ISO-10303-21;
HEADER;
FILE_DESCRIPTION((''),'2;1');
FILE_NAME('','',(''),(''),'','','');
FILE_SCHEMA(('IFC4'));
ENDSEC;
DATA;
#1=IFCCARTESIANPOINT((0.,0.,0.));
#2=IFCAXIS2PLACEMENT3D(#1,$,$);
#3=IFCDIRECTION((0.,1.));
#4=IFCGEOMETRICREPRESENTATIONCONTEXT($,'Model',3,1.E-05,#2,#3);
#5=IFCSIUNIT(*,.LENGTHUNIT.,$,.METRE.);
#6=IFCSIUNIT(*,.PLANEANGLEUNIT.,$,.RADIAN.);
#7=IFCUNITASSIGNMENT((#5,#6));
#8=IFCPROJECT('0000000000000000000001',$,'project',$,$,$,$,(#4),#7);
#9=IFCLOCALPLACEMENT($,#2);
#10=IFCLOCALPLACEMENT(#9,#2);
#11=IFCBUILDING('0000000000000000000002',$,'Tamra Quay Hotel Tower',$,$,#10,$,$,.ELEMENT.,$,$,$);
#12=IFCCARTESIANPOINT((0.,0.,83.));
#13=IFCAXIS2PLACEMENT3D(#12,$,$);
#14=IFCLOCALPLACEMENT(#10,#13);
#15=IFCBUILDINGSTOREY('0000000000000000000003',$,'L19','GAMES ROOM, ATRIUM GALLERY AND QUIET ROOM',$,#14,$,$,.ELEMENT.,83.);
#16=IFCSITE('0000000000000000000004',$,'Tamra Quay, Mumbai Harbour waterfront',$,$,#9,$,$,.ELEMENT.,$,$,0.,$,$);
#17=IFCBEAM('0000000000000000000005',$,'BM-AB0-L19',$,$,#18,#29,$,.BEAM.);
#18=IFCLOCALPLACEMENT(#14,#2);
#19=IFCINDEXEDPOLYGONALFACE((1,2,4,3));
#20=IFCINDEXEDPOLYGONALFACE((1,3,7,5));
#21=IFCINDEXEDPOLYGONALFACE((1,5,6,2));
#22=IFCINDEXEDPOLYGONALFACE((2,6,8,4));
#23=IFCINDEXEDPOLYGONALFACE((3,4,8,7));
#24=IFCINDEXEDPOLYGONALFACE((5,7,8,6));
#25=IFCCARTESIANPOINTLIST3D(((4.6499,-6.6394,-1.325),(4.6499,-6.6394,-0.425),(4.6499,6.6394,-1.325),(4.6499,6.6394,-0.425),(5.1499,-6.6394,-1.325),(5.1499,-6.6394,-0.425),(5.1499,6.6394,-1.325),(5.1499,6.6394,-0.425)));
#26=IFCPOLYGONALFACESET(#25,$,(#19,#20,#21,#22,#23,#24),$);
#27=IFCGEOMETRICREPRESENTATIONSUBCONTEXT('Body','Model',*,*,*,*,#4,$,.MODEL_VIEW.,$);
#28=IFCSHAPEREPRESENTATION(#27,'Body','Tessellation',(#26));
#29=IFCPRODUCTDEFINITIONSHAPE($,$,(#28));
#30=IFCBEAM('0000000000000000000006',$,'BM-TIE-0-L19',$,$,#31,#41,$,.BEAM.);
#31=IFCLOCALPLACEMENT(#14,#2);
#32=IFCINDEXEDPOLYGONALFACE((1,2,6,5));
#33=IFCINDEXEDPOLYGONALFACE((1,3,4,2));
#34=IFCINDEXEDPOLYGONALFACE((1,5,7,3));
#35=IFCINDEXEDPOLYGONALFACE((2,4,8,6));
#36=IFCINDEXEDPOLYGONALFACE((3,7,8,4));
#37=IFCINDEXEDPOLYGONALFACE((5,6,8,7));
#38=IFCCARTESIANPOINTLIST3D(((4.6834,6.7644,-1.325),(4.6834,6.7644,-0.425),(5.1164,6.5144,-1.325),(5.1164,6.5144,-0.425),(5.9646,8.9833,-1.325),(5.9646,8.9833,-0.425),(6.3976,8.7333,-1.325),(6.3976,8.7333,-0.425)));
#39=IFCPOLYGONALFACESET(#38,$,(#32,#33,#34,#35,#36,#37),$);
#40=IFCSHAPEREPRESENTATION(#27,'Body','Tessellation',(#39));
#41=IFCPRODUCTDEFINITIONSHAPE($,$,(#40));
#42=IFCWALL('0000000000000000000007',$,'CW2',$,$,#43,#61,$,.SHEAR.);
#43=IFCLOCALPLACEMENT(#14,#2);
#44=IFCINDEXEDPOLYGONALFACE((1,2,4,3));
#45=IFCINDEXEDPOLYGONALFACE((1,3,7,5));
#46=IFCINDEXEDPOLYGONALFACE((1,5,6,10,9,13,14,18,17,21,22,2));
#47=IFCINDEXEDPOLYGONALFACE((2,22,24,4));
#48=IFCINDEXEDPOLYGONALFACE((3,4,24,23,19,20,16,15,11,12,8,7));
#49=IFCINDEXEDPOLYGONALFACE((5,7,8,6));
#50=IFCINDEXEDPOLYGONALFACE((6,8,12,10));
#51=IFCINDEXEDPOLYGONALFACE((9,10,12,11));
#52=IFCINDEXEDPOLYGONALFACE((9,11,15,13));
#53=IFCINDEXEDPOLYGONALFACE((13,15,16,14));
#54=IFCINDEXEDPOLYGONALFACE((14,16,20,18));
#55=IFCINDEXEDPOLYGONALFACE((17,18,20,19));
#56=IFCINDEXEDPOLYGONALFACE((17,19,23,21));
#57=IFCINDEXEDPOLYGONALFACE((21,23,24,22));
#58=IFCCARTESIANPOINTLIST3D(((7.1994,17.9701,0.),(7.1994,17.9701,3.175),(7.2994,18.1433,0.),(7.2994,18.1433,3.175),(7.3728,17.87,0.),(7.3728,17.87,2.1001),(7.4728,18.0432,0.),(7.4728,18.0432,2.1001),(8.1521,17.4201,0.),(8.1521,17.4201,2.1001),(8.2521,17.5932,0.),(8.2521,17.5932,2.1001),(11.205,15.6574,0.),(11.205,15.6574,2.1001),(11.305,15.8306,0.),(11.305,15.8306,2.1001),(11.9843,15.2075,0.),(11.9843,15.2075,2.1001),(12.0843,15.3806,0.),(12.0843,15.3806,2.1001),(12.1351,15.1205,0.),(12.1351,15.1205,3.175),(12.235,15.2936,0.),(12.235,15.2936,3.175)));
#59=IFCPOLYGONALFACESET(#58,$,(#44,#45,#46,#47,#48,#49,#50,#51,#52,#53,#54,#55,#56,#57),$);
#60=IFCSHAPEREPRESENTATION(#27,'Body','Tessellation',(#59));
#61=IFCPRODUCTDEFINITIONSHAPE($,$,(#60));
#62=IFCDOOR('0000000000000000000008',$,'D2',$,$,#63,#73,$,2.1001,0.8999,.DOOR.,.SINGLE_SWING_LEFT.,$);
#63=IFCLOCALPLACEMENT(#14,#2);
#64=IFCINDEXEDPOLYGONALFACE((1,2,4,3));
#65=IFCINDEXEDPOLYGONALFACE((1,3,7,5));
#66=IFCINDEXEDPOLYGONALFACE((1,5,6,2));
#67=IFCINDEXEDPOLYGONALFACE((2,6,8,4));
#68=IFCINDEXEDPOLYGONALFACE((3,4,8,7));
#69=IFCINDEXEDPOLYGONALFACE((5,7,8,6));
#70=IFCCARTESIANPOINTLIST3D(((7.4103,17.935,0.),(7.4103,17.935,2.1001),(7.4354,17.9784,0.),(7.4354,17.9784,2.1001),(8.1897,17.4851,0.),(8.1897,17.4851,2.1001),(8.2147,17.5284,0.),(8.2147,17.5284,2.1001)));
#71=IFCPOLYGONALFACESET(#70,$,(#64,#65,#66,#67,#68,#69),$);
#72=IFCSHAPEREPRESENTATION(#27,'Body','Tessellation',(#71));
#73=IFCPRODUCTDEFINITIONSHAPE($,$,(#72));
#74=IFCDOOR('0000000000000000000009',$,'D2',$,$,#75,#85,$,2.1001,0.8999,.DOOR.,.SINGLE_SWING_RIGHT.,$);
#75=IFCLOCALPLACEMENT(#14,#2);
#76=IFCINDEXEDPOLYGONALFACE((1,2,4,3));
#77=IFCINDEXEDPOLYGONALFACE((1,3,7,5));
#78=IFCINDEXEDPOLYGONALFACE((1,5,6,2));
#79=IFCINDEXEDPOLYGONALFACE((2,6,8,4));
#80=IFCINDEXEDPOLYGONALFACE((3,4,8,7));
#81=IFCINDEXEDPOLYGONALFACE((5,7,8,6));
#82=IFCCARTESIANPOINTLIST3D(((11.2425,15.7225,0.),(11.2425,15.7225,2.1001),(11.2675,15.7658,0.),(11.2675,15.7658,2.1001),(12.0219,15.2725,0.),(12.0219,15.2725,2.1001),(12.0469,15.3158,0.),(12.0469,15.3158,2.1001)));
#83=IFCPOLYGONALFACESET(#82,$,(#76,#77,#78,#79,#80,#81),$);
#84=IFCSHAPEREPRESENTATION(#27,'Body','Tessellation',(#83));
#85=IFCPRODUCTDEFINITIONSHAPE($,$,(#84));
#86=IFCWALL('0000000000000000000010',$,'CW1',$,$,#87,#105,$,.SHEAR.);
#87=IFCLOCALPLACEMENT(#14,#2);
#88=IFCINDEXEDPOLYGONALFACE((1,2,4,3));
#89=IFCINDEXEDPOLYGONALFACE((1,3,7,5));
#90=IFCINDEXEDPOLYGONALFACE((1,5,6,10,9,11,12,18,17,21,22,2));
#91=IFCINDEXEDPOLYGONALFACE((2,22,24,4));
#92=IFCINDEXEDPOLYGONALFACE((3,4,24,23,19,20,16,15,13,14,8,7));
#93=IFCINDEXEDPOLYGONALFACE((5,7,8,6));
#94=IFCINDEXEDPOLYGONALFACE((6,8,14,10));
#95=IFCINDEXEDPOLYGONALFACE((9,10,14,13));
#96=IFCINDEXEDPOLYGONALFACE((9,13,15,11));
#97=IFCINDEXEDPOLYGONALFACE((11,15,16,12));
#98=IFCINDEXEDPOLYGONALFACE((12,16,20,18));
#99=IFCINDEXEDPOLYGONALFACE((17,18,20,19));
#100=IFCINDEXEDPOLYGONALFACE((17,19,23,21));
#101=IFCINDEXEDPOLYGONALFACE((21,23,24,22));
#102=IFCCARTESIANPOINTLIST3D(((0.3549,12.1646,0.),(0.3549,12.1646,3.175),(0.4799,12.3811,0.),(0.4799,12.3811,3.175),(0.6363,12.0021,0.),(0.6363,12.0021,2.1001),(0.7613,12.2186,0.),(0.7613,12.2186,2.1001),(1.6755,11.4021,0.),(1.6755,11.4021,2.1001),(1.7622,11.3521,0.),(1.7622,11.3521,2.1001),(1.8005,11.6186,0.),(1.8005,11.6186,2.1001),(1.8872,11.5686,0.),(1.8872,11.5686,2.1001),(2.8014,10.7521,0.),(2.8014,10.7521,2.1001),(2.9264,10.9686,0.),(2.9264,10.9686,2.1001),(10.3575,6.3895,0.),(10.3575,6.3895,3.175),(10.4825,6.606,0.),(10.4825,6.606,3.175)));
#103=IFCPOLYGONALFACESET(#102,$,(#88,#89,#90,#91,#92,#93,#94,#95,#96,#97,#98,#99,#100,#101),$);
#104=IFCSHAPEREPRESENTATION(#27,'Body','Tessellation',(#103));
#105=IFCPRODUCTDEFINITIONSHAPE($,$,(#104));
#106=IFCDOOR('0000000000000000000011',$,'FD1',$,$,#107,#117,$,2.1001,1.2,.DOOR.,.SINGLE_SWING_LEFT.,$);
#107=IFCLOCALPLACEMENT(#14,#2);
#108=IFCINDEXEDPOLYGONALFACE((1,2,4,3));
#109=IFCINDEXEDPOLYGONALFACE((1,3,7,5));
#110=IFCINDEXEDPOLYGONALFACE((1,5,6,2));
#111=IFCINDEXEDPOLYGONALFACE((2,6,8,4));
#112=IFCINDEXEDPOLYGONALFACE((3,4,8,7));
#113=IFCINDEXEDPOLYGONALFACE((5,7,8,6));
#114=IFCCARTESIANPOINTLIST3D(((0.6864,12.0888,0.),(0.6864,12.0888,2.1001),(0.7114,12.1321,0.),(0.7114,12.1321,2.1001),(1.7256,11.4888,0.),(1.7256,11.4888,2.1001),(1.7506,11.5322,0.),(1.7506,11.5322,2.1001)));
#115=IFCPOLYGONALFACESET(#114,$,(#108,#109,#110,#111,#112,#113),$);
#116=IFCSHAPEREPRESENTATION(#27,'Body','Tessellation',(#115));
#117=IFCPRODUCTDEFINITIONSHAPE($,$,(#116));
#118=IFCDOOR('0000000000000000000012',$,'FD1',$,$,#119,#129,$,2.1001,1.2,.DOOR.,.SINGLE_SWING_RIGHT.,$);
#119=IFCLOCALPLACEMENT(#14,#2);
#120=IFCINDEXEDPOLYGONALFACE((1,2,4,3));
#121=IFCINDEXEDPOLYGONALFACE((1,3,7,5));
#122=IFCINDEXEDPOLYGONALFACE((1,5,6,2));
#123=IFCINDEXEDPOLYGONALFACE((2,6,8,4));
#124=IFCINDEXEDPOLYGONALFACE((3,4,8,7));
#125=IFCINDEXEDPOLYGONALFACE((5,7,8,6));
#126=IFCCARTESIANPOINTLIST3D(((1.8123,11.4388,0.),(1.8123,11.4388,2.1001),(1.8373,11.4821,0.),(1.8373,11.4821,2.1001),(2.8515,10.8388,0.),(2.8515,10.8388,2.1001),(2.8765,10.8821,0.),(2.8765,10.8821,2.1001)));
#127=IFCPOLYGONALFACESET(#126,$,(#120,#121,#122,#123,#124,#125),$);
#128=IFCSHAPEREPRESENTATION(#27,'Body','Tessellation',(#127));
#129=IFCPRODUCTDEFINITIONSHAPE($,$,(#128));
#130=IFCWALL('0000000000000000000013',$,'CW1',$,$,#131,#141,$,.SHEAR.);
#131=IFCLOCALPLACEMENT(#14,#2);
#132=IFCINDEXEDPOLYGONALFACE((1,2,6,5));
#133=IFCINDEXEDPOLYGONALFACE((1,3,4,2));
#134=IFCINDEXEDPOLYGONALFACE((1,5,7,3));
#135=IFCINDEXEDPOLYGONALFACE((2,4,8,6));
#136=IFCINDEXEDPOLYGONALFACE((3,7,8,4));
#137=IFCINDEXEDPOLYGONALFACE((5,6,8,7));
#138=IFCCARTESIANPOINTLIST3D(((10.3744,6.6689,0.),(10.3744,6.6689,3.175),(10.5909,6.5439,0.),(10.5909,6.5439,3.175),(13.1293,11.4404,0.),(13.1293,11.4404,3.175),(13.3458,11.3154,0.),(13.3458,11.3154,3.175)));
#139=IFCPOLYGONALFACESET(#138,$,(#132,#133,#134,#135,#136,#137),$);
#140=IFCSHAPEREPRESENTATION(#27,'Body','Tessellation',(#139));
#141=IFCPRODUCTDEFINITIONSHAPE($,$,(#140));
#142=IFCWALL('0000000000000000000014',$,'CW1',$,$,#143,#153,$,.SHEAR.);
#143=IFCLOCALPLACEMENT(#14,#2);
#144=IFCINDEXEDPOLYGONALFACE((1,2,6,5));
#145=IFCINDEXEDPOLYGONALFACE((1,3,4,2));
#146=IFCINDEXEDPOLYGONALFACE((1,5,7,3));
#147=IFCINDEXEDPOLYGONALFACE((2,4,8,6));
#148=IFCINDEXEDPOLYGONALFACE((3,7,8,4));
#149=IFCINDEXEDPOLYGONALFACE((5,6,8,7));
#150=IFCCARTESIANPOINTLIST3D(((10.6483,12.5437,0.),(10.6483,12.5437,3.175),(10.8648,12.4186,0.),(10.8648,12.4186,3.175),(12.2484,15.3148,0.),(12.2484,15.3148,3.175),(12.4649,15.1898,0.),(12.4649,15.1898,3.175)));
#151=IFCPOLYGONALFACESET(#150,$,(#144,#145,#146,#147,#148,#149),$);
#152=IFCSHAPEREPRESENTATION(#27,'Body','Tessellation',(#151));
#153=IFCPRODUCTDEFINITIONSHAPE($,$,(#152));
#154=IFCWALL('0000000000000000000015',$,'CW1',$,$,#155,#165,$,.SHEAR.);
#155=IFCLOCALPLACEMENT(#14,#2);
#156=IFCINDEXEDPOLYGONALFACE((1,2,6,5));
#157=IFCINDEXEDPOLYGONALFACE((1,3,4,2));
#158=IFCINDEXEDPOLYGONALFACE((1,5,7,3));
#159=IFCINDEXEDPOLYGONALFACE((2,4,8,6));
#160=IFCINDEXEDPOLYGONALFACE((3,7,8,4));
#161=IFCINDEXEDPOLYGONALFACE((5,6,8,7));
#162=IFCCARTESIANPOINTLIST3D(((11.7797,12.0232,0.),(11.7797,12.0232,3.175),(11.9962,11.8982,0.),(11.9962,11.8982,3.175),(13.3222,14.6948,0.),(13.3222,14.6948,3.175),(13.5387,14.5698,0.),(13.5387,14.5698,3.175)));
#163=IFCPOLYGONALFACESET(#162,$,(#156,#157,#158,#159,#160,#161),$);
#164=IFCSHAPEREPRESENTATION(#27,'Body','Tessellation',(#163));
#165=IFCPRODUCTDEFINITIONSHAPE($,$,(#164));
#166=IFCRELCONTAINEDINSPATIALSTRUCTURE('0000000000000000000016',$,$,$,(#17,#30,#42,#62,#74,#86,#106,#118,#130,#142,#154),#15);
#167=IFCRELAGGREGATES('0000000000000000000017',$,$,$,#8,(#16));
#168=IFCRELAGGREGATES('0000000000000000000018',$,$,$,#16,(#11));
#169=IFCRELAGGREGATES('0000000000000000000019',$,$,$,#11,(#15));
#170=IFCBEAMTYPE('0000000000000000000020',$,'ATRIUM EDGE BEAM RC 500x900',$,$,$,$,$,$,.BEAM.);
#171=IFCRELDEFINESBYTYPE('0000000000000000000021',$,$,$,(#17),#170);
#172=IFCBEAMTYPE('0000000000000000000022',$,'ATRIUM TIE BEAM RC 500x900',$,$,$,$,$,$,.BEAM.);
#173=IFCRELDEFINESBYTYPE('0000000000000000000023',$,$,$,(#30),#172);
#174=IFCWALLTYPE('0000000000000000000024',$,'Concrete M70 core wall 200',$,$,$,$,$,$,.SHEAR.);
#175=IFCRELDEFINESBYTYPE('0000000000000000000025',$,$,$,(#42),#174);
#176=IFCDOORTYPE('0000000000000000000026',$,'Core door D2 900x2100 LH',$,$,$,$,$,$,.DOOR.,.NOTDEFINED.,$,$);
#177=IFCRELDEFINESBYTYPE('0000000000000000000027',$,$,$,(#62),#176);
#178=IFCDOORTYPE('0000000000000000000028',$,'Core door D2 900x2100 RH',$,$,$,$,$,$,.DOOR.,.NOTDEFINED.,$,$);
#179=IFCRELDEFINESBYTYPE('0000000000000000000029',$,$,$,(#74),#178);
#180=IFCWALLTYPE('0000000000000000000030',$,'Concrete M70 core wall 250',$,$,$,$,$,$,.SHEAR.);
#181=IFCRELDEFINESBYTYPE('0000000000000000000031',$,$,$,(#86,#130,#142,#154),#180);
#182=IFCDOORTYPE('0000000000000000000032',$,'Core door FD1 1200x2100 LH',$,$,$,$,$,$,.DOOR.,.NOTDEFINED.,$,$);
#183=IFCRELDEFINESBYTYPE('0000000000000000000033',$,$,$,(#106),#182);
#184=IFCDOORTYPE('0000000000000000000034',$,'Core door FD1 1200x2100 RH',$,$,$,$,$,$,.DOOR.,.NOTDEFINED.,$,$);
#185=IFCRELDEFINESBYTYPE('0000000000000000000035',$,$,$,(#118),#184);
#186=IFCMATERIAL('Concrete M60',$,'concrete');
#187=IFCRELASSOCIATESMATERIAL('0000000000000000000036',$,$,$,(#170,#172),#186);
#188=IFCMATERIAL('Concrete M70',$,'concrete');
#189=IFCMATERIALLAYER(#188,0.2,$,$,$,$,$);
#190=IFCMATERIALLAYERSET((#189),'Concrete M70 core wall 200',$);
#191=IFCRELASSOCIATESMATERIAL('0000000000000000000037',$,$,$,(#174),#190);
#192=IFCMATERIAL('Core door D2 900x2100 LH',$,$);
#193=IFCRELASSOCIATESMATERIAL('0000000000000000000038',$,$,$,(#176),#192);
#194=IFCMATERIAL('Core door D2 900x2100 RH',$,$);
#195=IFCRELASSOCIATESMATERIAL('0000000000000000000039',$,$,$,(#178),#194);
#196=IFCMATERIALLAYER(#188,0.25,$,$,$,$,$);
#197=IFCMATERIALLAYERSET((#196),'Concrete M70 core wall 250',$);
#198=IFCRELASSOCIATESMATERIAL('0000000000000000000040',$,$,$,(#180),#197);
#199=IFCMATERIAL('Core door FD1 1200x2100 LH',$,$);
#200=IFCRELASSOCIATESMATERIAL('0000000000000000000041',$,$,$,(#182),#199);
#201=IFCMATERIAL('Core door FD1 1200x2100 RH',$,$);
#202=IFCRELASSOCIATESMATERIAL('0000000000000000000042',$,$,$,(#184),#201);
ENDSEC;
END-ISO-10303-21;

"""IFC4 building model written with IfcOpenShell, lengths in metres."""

from ifc_helpers import new_model, si_unit, direction, frame, frame_2d, origin, origin_2d, place, context, subcontext, project, spatial, rectangle, extrude, material, layer, layer_set, material_profile, profile_set, type_object, element, fill, save


model = new_model("IFC4")

# Units and contexts
model_context = context("Model", 3, precision=1e-05, world=origin(), true_north=direction((0.0, 1.0)))
body_context = subcontext(model_context, "Body", "Model", "MODEL_VIEW")
ifc_project = project(units=[si_unit("LENGTHUNIT", "METRE"), si_unit("PLANEANGLEUNIT", "RADIAN")], contexts=[model_context])

# Site, building, storey
site_placement = place(None, origin())
site = spatial("IfcSite", under=ifc_project, at=site_placement, Name="Tamra Quay, Mumbai Harbour waterfront", CompositionType="ELEMENT", RefElevation=0.0)
building_placement = place(site_placement, origin())
building = spatial("IfcBuilding", under=site, at=building_placement, Name="Tamra Quay Hotel Tower", CompositionType="ELEMENT")
storey_placement = place(building_placement, frame((0.0, 0.0, 83.0)))
storey = spatial("IfcBuildingStorey", under=building, at=storey_placement, Name="L19", Description="GAMES ROOM, ATRIUM GALLERY AND QUIET ROOM", CompositionType="ELEMENT", Elevation=83.0)

# Beams
ifc_material_1 = material(Name="Concrete M60", Category="concrete")
ifc_material_profile_1 = material_profile(ifc_material_1, rectangle(XDim=0.5, YDim=0.8999, at=origin_2d()), Name="ATRIUM EDGE BEAM RC 500x900")
ifc_profile_set_1 = profile_set([ifc_material_profile_1], Name="Concrete M60")
beam_type_1 = type_object("IfcBeamType", Name="ATRIUM EDGE BEAM RC 500x900", PredefinedType="BEAM", material=ifc_profile_set_1)
beam_1_placement = place(storey_placement, frame((4.8999, 6.6394, -0.875), z_axis=(0.0, -1.0, 0.0), x_axis=(1.0, 0.0, 0.0)))
element("IfcBeam", 1, at=beam_1_placement, inside=storey, type_object=beam_type_1, Name="BM-AB0-L19", PredefinedType="BEAM", context=body_context, shape_type="SweptSolid", body=[
    extrude(rectangle(XDim=0.5, YDim=0.8999, at=origin_2d()), origin(), (0.0, 0.0, 1.0), 13.2788),
])
ifc_material_profile_2 = material_profile(ifc_material_1, rectangle(XDim=0.5, YDim=0.8999, at=origin_2d()), Name="ATRIUM TIE BEAM RC 500x900")
ifc_profile_set_2 = profile_set([ifc_material_profile_2], Name="Concrete M60")
beam_type_2 = type_object("IfcBeamType", Name="ATRIUM TIE BEAM RC 500x900", PredefinedType="BEAM", material=ifc_profile_set_2)
beam_2_placement = place(storey_placement, frame((4.8999, 6.6394, -0.875), z_axis=(0.500033, 0.866006, 0.0), x_axis=(-0.866006, 0.500033, 0.0)))
element("IfcBeam", 2, at=beam_2_placement, inside=storey, type_object=beam_type_2, Name="BM-TIE-0-L19", PredefinedType="BEAM", context=body_context, shape_type="SweptSolid", body=[
    extrude(rectangle(XDim=0.5, YDim=0.8999, at=origin_2d()), origin(), (0.0, 0.0, 1.0), 2.5623),
])

# Walls, openings, doors
ifc_material_2 = material(Name="Concrete M70", Category="concrete")
ifc_layer_1 = layer(ifc_material_2, 0.2)
ifc_layer_set_1 = layer_set([ifc_layer_1], Name="Concrete M70 core wall 200")
wall_type_1 = type_object("IfcWallType", Name="Concrete M70 core wall 200", PredefinedType="SHEAR", material=ifc_layer_set_1)
wall_1_placement = place(storey_placement, frame((12.1851, 15.207, 0.0), z_axis=(0.0, 0.0, 1.0), x_axis=(-0.86602, 0.500009, 0.0)))
wall_1 = element("IfcWall", 3, at=wall_1_placement, inside=storey, type_object=wall_type_1, Name="CW2", PredefinedType="SHEAR", context=body_context, shape_type="SweptSolid", body=[
    extrude(rectangle(XDim=5.6992, YDim=0.2, at=frame_2d((2.8496, 0.0))), origin(), (0.0, 0.0, 1.0), 3.175),
])
opening_1_placement = place(wall_1_placement, frame((0.1741, 0.0, 0.0)))
opening_1 = element("IfcOpeningElement", 4, at=opening_1_placement, cuts=wall_1, PredefinedType="OPENING", context=body_context, shape_type="SweptSolid", body=[
    extrude(rectangle(XDim=0.8999, YDim=2.1001, at=frame_2d((0.45, 1.05))), frame((0.0, 0.1099, 0.0), z_axis=(0.0, -1.0, 0.0), x_axis=(1.0, 0.0, 0.0)), (0.0, 0.0, 1.0), 0.22),
])
opening_2_placement = place(wall_1_placement, frame((4.5991, 0.0, 0.0)))
opening_2 = element("IfcOpeningElement", 5, at=opening_2_placement, cuts=wall_1, PredefinedType="OPENING", context=body_context, shape_type="SweptSolid", body=[
    extrude(rectangle(XDim=0.8999, YDim=2.1001, at=frame_2d((0.45, 1.05))), frame((0.0, 0.1099, 0.0), z_axis=(0.0, -1.0, 0.0), x_axis=(1.0, 0.0, 0.0)), (0.0, 0.0, 1.0), 0.22),
])
ifc_material_3 = material(Name="Core door D2 900x2100 LH")
door_type_1 = type_object("IfcDoorType", Name="Core door D2 900x2100 LH", OperationType="NOTDEFINED", PredefinedType="DOOR", material=ifc_material_3)
door_1_placement = place(opening_2_placement, origin())
door_1 = element("IfcDoor", 6, at=door_1_placement, inside=storey, type_object=door_type_1, Name="D2", OperationType="SINGLE_SWING_LEFT", OverallHeight=2.1001, OverallWidth=0.8999, PredefinedType="DOOR", context=body_context, shape_type="SweptSolid", body=[
    extrude(rectangle(XDim=0.8999, YDim=2.1001, at=frame_2d((0.45, 1.05))), frame((0.0, 0.0249, 0.0), z_axis=(0.0, -1.0, 0.0), x_axis=(1.0, 0.0, 0.0)), (0.0, 0.0, 1.0), 0.05),
])
fill(opening_2, door_1)
ifc_material_4 = material(Name="Core door D2 900x2100 RH")
door_type_2 = type_object("IfcDoorType", Name="Core door D2 900x2100 RH", OperationType="NOTDEFINED", PredefinedType="DOOR", material=ifc_material_4)
door_2_placement = place(opening_1_placement, origin())
door_2 = element("IfcDoor", 7, at=door_2_placement, inside=storey, type_object=door_type_2, Name="D2", OperationType="SINGLE_SWING_RIGHT", OverallHeight=2.1001, OverallWidth=0.8999, PredefinedType="DOOR", context=body_context, shape_type="SweptSolid", body=[
    extrude(rectangle(XDim=0.8999, YDim=2.1001, at=frame_2d((0.45, 1.05))), frame((0.0, 0.0249, 0.0), z_axis=(0.0, -1.0, 0.0), x_axis=(1.0, 0.0, 0.0)), (0.0, 0.0, 1.0), 0.05),
])
fill(opening_1, door_2)
ifc_layer_2 = layer(ifc_material_2, 0.25)
ifc_layer_set_2 = layer_set([ifc_layer_2], Name="Concrete M70 core wall 250")
wall_type_2 = type_object("IfcWallType", Name="Concrete M70 core wall 250", PredefinedType="SHEAR", material=ifc_layer_set_2)
wall_2_placement = place(storey_placement, frame((10.4199, 6.4978, 0.0), z_axis=(0.0, 0.0, 1.0), x_axis=(-0.866022, 0.500006, 0.0)))
wall_2 = element("IfcWall", 8, at=wall_2_placement, inside=storey, type_object=wall_type_2, Name="CW1", PredefinedType="SHEAR", context=body_context, shape_type="SweptSolid", body=[
    extrude(rectangle(XDim=11.55, YDim=0.25, at=frame_2d((5.7749, 0.0))), origin(), (0.0, 0.0, 1.0), 3.175),
])
opening_3_placement = place(wall_2_placement, frame((10.0249, 0.0, 0.0)))
opening_3 = element("IfcOpeningElement", 9, at=opening_3_placement, cuts=wall_2, PredefinedType="OPENING", context=body_context, shape_type="SweptSolid", body=[
    extrude(rectangle(XDim=1.2, YDim=2.1001, at=frame_2d((0.6001, 1.05))), frame((0.0, 0.135, 0.0), z_axis=(0.0, -1.0, 0.0), x_axis=(1.0, 0.0, 0.0)), (0.0, 0.0, 1.0), 0.27),
])
opening_4_placement = place(wall_2_placement, frame((8.7249, 0.0, 0.0)))
opening_4 = element("IfcOpeningElement", 10, at=opening_4_placement, cuts=wall_2, PredefinedType="OPENING", context=body_context, shape_type="SweptSolid", body=[
    extrude(rectangle(XDim=1.2, YDim=2.1001, at=frame_2d((0.6001, 1.05))), frame((0.0, 0.135, 0.0), z_axis=(0.0, -1.0, 0.0), x_axis=(1.0, 0.0, 0.0)), (0.0, 0.0, 1.0), 0.27),
])
ifc_material_5 = material(Name="Core door FD1 1200x2100 LH")
door_type_3 = type_object("IfcDoorType", Name="Core door FD1 1200x2100 LH", OperationType="NOTDEFINED", PredefinedType="DOOR", material=ifc_material_5)
door_3_placement = place(opening_3_placement, origin())
door_3 = element("IfcDoor", 11, at=door_3_placement, inside=storey, type_object=door_type_3, Name="FD1", OperationType="SINGLE_SWING_LEFT", OverallHeight=2.1001, OverallWidth=1.2, PredefinedType="DOOR", context=body_context, shape_type="SweptSolid", body=[
    extrude(rectangle(XDim=1.2, YDim=2.1001, at=frame_2d((0.6001, 1.05))), frame((0.0, 0.0249, 0.0), z_axis=(0.0, -1.0, 0.0), x_axis=(1.0, 0.0, 0.0)), (0.0, 0.0, 1.0), 0.05),
])
fill(opening_3, door_3)
ifc_material_6 = material(Name="Core door FD1 1200x2100 RH")
door_type_4 = type_object("IfcDoorType", Name="Core door FD1 1200x2100 RH", OperationType="NOTDEFINED", PredefinedType="DOOR", material=ifc_material_6)
door_4_placement = place(opening_4_placement, origin())
door_4 = element("IfcDoor", 12, at=door_4_placement, inside=storey, type_object=door_type_4, Name="FD1", OperationType="SINGLE_SWING_RIGHT", OverallHeight=2.1001, OverallWidth=1.2, PredefinedType="DOOR", context=body_context, shape_type="SweptSolid", body=[
    extrude(rectangle(XDim=1.2, YDim=2.1001, at=frame_2d((0.6001, 1.05))), frame((0.0, 0.0249, 0.0), z_axis=(0.0, -1.0, 0.0), x_axis=(1.0, 0.0, 0.0)), (0.0, 0.0, 1.0), 0.05),
])
fill(opening_4, door_4)

# Walls
wall_3_placement = place(storey_placement, frame((13.2375, 11.3779, 0.0), z_axis=(0.0, 0.0, 1.0), x_axis=(-0.500009, -0.86602, 0.0)))
element("IfcWall", 13, at=wall_3_placement, inside=storey, type_object=wall_type_2, Name="CW1", PredefinedType="SHEAR", context=body_context, shape_type="SweptSolid", body=[
    extrude(rectangle(XDim=5.5098, YDim=0.25, at=frame_2d((2.7549, 0.0))), origin(), (0.0, 0.0, 1.0), 3.175),
])
wall_4_placement = place(storey_placement, frame((12.3567, 15.2524, 0.0), z_axis=(0.0, 0.0, 1.0), x_axis=(-0.500028, -0.866009, 0.0)))
element("IfcWall", 14, at=wall_4_placement, inside=storey, type_object=wall_type_2, Name="CW1", PredefinedType="SHEAR", context=body_context, shape_type="SweptSolid", body=[
    extrude(rectangle(XDim=3.2, YDim=0.25, at=frame_2d((1.6001, 0.0))), origin(), (0.0, 0.0, 1.0), 3.175),
])
wall_5_placement = place(storey_placement, frame((11.8879, 11.9607, 0.0), z_axis=(0.0, 0.0, 1.0), x_axis=(0.500003, 0.866023, 0.0)))
element("IfcWall", 15, at=wall_5_placement, inside=storey, type_object=wall_type_2, Name="CW1", PredefinedType="SHEAR", context=body_context, shape_type="SweptSolid", body=[
    extrude(rectangle(XDim=3.085, YDim=0.25, at=frame_2d((1.5425, 0.0))), origin(), (0.0, 0.0, 1.0), 3.175),
])

save(model, "model.ifc")
